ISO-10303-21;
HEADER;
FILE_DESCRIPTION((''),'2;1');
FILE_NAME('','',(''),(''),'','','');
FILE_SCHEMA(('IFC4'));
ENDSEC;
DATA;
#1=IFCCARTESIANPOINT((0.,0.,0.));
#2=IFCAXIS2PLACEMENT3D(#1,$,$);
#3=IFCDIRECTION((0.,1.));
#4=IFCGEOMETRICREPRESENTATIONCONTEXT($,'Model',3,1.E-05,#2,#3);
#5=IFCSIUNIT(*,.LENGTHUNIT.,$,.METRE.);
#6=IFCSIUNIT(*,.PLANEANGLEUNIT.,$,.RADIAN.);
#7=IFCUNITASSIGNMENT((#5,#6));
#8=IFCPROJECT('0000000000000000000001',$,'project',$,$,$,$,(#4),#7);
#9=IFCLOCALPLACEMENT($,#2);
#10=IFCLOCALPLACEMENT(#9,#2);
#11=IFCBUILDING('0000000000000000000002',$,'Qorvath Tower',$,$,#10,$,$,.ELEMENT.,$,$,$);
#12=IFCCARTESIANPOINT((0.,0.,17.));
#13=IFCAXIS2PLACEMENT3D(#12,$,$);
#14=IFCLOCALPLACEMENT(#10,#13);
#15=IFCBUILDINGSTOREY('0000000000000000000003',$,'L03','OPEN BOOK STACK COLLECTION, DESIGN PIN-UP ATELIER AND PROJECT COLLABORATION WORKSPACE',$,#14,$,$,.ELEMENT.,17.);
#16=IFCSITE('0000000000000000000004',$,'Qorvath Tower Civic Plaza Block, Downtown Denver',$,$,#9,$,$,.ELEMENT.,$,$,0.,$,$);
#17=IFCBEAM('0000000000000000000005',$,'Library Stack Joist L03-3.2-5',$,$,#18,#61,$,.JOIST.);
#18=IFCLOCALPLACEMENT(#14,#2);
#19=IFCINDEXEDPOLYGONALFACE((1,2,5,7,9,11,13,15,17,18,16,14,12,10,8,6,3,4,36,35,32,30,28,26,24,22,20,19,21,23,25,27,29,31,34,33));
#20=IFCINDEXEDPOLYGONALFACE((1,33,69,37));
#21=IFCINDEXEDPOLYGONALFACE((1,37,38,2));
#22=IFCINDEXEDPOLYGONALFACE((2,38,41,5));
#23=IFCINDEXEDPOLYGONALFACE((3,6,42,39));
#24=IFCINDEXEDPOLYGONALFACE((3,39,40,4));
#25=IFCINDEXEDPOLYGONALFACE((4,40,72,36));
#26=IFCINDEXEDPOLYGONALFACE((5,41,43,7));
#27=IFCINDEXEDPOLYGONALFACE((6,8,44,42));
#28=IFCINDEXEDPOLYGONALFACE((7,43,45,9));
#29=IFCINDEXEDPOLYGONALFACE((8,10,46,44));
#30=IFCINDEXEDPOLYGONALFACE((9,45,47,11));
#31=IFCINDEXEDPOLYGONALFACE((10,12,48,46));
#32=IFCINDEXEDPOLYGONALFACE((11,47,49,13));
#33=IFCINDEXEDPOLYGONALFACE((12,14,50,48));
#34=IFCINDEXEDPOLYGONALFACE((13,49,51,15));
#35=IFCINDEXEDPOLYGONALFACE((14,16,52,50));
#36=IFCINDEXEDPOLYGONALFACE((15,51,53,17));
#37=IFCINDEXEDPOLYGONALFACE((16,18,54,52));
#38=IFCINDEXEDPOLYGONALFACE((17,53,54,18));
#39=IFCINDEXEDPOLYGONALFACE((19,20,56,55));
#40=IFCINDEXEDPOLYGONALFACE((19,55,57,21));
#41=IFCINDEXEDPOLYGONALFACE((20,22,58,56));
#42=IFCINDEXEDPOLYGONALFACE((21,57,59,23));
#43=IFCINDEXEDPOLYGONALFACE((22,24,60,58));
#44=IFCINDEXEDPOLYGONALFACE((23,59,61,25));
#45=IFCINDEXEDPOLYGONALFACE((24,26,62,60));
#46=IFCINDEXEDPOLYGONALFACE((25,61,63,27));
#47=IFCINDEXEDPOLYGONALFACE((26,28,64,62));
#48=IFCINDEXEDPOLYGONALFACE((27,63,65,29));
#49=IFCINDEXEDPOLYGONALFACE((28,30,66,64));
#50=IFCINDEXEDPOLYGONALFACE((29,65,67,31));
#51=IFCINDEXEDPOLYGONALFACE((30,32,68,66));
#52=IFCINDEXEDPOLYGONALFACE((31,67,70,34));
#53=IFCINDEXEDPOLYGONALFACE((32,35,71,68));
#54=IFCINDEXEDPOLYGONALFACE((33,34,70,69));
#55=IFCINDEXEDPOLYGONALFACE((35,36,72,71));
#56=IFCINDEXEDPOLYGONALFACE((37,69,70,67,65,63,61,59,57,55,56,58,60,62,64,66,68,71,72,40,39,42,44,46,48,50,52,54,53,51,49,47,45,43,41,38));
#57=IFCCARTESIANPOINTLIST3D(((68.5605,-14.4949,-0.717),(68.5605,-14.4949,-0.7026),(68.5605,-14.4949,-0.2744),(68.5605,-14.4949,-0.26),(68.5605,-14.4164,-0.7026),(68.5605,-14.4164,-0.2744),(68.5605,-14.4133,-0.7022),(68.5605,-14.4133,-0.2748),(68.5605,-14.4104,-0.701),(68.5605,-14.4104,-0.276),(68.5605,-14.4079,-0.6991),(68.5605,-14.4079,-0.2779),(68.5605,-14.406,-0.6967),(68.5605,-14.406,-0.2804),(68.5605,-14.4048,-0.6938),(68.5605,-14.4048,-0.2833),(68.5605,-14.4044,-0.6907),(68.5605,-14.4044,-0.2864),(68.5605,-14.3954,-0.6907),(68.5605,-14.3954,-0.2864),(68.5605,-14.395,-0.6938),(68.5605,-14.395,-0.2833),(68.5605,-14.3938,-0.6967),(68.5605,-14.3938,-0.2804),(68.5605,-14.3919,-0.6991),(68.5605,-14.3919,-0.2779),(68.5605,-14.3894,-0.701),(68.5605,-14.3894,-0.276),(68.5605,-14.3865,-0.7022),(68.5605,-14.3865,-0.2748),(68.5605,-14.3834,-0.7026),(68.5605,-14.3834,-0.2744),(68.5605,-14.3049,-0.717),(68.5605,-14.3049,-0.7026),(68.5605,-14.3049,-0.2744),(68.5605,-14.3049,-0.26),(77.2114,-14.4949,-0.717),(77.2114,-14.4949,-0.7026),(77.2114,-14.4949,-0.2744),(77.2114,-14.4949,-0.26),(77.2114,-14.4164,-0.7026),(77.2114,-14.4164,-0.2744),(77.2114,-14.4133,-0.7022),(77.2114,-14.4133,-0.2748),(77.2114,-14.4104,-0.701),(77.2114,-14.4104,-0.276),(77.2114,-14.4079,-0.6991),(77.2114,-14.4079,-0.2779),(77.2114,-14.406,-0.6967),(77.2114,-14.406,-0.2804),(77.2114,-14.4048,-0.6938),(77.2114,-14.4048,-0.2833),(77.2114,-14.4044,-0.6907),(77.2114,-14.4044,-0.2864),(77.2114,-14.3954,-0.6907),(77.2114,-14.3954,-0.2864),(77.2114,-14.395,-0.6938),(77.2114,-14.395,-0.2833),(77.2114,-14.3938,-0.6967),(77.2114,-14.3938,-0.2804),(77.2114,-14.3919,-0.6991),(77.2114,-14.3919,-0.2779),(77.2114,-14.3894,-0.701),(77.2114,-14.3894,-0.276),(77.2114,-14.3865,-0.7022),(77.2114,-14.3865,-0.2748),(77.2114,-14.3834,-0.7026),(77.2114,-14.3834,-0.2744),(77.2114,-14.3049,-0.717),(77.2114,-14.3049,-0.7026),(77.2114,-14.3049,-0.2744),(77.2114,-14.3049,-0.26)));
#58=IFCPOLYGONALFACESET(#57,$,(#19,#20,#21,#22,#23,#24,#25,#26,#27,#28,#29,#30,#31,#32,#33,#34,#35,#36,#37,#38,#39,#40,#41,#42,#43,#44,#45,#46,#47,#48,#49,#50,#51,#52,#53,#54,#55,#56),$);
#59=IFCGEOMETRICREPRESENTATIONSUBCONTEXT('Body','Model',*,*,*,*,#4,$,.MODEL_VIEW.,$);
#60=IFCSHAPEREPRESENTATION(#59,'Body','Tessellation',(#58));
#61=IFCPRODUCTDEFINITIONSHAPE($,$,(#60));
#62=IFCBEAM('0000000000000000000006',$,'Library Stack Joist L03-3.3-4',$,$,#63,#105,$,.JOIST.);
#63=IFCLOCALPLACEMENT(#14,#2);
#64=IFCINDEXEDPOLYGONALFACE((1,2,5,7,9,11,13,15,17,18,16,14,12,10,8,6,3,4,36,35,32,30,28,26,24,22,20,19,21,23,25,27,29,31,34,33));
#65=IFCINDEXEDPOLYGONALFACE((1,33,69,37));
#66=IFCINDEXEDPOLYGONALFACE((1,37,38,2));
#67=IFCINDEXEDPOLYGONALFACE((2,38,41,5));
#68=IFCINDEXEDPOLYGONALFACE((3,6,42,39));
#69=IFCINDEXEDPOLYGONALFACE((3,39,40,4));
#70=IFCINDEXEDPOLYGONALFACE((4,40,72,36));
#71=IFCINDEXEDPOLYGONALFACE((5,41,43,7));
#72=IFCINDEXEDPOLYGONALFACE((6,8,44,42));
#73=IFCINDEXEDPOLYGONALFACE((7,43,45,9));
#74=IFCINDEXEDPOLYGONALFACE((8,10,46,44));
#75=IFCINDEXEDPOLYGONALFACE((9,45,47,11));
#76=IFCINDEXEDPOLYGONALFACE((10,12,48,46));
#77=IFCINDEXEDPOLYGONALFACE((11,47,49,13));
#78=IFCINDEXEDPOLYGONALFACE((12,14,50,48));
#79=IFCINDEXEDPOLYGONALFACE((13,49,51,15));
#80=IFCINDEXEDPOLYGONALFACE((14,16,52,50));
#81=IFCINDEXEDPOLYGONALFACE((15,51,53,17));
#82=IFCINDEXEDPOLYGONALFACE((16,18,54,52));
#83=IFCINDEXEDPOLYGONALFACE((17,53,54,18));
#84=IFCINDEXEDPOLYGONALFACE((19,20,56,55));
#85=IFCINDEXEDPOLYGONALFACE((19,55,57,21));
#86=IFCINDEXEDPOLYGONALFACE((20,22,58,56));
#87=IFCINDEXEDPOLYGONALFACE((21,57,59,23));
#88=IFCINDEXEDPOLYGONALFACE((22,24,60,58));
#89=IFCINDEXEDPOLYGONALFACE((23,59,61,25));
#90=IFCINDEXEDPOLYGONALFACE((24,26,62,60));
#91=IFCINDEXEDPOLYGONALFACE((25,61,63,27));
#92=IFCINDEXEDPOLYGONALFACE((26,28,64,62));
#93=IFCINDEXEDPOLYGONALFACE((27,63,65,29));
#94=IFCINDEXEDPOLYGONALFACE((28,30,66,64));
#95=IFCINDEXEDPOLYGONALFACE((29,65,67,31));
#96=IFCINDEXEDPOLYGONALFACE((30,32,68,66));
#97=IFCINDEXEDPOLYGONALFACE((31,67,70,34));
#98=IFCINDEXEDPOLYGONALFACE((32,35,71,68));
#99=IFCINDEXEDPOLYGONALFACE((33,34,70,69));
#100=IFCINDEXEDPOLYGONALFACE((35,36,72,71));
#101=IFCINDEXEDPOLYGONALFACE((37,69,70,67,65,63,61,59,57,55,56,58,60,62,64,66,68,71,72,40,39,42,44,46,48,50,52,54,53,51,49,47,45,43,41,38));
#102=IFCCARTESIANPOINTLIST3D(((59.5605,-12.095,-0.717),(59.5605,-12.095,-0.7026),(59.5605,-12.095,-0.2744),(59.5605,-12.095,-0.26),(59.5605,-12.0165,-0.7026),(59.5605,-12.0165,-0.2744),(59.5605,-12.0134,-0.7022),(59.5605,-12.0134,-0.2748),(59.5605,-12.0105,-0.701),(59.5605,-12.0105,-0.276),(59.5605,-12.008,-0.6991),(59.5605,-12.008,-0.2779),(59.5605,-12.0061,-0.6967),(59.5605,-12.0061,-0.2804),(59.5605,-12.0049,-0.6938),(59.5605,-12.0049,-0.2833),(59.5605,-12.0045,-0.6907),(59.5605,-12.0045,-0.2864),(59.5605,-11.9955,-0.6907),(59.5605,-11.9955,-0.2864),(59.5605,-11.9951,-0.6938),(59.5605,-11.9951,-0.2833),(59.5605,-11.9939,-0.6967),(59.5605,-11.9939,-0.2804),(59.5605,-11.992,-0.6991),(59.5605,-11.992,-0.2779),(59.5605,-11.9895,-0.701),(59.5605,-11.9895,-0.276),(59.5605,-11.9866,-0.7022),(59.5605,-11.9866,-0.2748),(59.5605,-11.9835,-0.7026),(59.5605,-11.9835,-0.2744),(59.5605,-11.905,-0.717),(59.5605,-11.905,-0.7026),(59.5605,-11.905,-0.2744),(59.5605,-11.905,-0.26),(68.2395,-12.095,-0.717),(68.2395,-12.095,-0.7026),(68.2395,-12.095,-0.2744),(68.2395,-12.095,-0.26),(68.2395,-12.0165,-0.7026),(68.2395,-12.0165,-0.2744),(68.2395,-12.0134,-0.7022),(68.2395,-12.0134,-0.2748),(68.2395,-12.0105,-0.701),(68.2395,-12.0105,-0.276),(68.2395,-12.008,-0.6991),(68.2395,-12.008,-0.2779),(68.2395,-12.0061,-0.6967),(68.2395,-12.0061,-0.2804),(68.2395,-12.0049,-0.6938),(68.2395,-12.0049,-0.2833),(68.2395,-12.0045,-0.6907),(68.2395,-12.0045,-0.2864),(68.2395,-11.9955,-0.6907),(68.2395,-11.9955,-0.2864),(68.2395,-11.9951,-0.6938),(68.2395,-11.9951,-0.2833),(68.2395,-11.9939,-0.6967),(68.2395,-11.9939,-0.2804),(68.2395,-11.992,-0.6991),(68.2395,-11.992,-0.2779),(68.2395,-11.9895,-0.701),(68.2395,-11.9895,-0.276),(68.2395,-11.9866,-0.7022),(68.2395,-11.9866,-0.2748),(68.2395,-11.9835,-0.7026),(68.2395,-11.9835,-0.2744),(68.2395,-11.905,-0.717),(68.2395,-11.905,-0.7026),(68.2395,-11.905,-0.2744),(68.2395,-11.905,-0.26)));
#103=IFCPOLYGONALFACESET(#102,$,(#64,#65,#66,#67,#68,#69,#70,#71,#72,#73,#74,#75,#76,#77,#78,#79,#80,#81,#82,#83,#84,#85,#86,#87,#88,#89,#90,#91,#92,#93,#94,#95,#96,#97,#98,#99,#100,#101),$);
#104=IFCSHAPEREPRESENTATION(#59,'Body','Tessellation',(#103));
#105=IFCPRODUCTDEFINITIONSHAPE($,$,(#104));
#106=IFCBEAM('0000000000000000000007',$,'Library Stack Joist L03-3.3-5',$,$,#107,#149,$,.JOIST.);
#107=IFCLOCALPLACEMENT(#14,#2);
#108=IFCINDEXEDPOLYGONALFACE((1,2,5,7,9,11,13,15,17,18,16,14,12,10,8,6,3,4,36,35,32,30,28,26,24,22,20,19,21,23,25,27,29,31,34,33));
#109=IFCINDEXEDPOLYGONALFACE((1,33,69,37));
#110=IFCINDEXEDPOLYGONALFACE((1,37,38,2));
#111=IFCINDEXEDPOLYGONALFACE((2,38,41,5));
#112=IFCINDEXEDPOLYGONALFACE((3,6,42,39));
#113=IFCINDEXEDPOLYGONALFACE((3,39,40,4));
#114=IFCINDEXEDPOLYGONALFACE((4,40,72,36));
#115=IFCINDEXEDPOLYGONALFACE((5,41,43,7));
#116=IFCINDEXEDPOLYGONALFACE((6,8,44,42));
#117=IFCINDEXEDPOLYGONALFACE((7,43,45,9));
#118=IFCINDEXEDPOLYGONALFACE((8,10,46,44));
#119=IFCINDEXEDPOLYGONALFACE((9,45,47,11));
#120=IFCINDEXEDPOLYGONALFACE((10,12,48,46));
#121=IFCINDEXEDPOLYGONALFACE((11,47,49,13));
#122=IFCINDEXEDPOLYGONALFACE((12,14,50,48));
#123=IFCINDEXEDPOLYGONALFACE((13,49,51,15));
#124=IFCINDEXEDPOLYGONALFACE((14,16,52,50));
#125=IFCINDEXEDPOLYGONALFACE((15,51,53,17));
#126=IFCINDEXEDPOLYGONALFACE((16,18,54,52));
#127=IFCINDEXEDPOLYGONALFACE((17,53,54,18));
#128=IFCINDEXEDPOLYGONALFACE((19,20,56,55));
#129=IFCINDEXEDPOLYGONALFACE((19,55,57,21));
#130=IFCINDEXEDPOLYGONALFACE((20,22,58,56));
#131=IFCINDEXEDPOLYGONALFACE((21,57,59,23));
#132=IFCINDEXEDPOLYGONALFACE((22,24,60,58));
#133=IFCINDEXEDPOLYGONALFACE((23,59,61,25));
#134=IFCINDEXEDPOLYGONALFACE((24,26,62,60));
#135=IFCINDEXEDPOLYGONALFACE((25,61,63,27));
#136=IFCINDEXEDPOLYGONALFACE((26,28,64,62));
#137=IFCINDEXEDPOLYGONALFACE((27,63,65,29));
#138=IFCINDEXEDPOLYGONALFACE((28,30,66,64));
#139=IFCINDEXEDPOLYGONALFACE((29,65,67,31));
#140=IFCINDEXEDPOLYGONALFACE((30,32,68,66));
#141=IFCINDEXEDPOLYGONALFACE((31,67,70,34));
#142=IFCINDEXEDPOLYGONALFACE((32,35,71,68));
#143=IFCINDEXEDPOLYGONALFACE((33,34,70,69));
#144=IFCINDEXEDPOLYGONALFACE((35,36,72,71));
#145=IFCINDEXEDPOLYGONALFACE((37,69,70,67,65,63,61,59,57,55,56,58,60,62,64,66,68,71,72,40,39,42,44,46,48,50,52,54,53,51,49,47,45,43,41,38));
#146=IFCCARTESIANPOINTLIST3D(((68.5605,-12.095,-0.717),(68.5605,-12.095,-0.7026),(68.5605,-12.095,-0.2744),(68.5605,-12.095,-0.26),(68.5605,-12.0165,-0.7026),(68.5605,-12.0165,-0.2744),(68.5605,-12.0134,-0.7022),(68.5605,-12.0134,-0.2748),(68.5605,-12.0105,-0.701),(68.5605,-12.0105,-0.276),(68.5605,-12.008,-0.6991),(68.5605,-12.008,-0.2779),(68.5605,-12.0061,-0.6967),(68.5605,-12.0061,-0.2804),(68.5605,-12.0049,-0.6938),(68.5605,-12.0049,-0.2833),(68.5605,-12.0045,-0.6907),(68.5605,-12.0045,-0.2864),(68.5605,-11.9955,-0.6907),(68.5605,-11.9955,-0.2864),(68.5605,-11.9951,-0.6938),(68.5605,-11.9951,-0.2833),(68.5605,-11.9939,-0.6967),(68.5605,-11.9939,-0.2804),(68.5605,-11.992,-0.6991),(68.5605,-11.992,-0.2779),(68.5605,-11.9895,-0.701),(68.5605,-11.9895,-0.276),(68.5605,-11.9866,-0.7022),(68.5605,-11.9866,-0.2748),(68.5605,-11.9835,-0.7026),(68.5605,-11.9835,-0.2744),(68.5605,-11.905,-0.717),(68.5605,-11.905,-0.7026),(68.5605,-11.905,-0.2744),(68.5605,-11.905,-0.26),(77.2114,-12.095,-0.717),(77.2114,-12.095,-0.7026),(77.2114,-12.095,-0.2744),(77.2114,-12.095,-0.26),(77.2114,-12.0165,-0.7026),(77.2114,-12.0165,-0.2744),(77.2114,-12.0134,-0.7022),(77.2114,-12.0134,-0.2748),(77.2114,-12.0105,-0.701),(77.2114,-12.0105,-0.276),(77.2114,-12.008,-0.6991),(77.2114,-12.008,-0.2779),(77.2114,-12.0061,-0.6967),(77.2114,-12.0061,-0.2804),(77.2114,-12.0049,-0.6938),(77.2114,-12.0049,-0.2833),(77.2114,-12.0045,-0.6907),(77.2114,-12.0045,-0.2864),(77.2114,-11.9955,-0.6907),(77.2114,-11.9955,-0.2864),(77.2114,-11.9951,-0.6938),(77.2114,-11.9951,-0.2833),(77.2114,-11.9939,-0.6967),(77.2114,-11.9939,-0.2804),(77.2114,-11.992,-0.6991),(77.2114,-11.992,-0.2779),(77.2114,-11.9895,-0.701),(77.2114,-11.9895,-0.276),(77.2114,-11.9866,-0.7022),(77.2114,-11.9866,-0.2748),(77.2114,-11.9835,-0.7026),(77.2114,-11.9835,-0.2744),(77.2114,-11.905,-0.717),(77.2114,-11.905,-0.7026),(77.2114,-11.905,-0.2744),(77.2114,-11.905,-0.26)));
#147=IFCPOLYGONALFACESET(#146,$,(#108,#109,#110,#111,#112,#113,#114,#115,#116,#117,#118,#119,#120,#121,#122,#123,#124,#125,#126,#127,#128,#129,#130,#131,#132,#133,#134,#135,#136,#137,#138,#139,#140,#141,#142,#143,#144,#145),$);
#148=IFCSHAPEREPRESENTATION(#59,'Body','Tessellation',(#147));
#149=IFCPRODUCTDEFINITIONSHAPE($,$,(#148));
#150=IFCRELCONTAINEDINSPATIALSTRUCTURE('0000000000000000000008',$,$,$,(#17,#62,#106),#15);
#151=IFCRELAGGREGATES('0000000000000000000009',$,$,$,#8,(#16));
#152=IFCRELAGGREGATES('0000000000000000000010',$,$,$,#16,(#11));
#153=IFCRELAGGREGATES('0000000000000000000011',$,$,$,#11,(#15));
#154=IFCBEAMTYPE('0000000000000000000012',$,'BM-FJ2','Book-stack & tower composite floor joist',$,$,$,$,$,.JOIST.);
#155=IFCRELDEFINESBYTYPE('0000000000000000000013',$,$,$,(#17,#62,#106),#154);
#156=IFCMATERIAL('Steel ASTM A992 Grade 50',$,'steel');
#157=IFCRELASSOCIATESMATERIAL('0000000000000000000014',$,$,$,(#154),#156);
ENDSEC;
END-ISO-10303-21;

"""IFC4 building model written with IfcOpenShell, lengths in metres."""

from ifc_helpers import new_model, si_unit, direction, frame, origin, origin_2d, place, context, subcontext, project, spatial, i_section, extrude, material, material_profile, profile_set, type_object, element, save


model = new_model("IFC4")

# Units and contexts
model_context = context("Model", 3, precision=1e-05, world=origin(), true_north=direction((0.0, 1.0)))
body_context = subcontext(model_context, "Body", "Model", "MODEL_VIEW")
ifc_project = project(units=[si_unit("LENGTHUNIT", "METRE"), si_unit("PLANEANGLEUNIT", "RADIAN")], contexts=[model_context])

# Site, building, storey
site_placement = place(None, origin())
site = spatial("IfcSite", under=ifc_project, at=site_placement, Name="Qorvath Tower Civic Plaza Block, Downtown Denver", CompositionType="ELEMENT", RefElevation=0.0)
building_placement = place(site_placement, origin())
building = spatial("IfcBuilding", under=site, at=building_placement, Name="Qorvath Tower", CompositionType="ELEMENT")
storey_placement = place(building_placement, frame((0.0, 0.0, 17.0)))
storey = spatial("IfcBuildingStorey", under=building, at=storey_placement, Name="L03", Description="OPEN BOOK STACK COLLECTION, DESIGN PIN-UP ATELIER AND PROJECT COLLABORATION WORKSPACE", CompositionType="ELEMENT", Elevation=17.0)

# Beams
ifc_material_1 = material(Name="Steel ASTM A992 Grade 50", Category="steel")
ifc_material_profile_1 = material_profile(ifc_material_1, i_section(OverallWidth=0.1899, OverallDepth=0.457, WebThickness=0.009, FlangeThickness=0.0144, FilletRadius=0.012, at=origin_2d()), Name="W18x50")
ifc_profile_set_1 = profile_set([ifc_material_profile_1], Name="Steel ASTM A992 Grade 50")
beam_type_1 = type_object("IfcBeamType", Name="BM-FJ2", Description="Book-stack & tower composite floor joist", PredefinedType="JOIST", material=ifc_profile_set_1)
beam_1_placement = place(storey_placement, frame((68.5605, -14.3999, -0.4885), z_axis=(1.0, 0.0, 0.0), x_axis=(0.0, 1.0, 0.0)))
element("IfcBeam", 1, at=beam_1_placement, inside=storey, type_object=beam_type_1, Name="Library Stack Joist L03-3.2-5", PredefinedType="JOIST", context=body_context, shape_type="SweptSolid", body=[
    extrude(i_section(OverallWidth=0.1899, OverallDepth=0.457, WebThickness=0.009, FlangeThickness=0.0144, FilletRadius=0.012, at=origin_2d()), origin(), (0.0, 0.0, 1.0), 8.6509),
])
beam_2_placement = place(storey_placement, frame((59.5605, -12.0, -0.4885), z_axis=(1.0, 0.0, 0.0), x_axis=(0.0, 1.0, 0.0)))
element("IfcBeam", 2, at=beam_2_placement, inside=storey, type_object=beam_type_1, Name="Library Stack Joist L03-3.3-4", PredefinedType="JOIST", context=body_context, shape_type="SweptSolid", body=[
    extrude(i_section(OverallWidth=0.1899, OverallDepth=0.457, WebThickness=0.009, FlangeThickness=0.0144, FilletRadius=0.012, at=origin_2d()), origin(), (0.0, 0.0, 1.0), 8.679),
])
beam_3_placement = place(storey_placement, frame((68.5605, -12.0, -0.4885), z_axis=(1.0, 0.0, 0.0), x_axis=(0.0, 1.0, 0.0)))
element("IfcBeam", 3, at=beam_3_placement, inside=storey, type_object=beam_type_1, Name="Library Stack Joist L03-3.3-5", PredefinedType="JOIST", context=body_context, shape_type="SweptSolid", body=[
    extrude(i_section(OverallWidth=0.1899, OverallDepth=0.457, WebThickness=0.009, FlangeThickness=0.0144, FilletRadius=0.012, at=origin_2d()), origin(), (0.0, 0.0, 1.0), 8.6509),
])

save(model, "model.ifc")
